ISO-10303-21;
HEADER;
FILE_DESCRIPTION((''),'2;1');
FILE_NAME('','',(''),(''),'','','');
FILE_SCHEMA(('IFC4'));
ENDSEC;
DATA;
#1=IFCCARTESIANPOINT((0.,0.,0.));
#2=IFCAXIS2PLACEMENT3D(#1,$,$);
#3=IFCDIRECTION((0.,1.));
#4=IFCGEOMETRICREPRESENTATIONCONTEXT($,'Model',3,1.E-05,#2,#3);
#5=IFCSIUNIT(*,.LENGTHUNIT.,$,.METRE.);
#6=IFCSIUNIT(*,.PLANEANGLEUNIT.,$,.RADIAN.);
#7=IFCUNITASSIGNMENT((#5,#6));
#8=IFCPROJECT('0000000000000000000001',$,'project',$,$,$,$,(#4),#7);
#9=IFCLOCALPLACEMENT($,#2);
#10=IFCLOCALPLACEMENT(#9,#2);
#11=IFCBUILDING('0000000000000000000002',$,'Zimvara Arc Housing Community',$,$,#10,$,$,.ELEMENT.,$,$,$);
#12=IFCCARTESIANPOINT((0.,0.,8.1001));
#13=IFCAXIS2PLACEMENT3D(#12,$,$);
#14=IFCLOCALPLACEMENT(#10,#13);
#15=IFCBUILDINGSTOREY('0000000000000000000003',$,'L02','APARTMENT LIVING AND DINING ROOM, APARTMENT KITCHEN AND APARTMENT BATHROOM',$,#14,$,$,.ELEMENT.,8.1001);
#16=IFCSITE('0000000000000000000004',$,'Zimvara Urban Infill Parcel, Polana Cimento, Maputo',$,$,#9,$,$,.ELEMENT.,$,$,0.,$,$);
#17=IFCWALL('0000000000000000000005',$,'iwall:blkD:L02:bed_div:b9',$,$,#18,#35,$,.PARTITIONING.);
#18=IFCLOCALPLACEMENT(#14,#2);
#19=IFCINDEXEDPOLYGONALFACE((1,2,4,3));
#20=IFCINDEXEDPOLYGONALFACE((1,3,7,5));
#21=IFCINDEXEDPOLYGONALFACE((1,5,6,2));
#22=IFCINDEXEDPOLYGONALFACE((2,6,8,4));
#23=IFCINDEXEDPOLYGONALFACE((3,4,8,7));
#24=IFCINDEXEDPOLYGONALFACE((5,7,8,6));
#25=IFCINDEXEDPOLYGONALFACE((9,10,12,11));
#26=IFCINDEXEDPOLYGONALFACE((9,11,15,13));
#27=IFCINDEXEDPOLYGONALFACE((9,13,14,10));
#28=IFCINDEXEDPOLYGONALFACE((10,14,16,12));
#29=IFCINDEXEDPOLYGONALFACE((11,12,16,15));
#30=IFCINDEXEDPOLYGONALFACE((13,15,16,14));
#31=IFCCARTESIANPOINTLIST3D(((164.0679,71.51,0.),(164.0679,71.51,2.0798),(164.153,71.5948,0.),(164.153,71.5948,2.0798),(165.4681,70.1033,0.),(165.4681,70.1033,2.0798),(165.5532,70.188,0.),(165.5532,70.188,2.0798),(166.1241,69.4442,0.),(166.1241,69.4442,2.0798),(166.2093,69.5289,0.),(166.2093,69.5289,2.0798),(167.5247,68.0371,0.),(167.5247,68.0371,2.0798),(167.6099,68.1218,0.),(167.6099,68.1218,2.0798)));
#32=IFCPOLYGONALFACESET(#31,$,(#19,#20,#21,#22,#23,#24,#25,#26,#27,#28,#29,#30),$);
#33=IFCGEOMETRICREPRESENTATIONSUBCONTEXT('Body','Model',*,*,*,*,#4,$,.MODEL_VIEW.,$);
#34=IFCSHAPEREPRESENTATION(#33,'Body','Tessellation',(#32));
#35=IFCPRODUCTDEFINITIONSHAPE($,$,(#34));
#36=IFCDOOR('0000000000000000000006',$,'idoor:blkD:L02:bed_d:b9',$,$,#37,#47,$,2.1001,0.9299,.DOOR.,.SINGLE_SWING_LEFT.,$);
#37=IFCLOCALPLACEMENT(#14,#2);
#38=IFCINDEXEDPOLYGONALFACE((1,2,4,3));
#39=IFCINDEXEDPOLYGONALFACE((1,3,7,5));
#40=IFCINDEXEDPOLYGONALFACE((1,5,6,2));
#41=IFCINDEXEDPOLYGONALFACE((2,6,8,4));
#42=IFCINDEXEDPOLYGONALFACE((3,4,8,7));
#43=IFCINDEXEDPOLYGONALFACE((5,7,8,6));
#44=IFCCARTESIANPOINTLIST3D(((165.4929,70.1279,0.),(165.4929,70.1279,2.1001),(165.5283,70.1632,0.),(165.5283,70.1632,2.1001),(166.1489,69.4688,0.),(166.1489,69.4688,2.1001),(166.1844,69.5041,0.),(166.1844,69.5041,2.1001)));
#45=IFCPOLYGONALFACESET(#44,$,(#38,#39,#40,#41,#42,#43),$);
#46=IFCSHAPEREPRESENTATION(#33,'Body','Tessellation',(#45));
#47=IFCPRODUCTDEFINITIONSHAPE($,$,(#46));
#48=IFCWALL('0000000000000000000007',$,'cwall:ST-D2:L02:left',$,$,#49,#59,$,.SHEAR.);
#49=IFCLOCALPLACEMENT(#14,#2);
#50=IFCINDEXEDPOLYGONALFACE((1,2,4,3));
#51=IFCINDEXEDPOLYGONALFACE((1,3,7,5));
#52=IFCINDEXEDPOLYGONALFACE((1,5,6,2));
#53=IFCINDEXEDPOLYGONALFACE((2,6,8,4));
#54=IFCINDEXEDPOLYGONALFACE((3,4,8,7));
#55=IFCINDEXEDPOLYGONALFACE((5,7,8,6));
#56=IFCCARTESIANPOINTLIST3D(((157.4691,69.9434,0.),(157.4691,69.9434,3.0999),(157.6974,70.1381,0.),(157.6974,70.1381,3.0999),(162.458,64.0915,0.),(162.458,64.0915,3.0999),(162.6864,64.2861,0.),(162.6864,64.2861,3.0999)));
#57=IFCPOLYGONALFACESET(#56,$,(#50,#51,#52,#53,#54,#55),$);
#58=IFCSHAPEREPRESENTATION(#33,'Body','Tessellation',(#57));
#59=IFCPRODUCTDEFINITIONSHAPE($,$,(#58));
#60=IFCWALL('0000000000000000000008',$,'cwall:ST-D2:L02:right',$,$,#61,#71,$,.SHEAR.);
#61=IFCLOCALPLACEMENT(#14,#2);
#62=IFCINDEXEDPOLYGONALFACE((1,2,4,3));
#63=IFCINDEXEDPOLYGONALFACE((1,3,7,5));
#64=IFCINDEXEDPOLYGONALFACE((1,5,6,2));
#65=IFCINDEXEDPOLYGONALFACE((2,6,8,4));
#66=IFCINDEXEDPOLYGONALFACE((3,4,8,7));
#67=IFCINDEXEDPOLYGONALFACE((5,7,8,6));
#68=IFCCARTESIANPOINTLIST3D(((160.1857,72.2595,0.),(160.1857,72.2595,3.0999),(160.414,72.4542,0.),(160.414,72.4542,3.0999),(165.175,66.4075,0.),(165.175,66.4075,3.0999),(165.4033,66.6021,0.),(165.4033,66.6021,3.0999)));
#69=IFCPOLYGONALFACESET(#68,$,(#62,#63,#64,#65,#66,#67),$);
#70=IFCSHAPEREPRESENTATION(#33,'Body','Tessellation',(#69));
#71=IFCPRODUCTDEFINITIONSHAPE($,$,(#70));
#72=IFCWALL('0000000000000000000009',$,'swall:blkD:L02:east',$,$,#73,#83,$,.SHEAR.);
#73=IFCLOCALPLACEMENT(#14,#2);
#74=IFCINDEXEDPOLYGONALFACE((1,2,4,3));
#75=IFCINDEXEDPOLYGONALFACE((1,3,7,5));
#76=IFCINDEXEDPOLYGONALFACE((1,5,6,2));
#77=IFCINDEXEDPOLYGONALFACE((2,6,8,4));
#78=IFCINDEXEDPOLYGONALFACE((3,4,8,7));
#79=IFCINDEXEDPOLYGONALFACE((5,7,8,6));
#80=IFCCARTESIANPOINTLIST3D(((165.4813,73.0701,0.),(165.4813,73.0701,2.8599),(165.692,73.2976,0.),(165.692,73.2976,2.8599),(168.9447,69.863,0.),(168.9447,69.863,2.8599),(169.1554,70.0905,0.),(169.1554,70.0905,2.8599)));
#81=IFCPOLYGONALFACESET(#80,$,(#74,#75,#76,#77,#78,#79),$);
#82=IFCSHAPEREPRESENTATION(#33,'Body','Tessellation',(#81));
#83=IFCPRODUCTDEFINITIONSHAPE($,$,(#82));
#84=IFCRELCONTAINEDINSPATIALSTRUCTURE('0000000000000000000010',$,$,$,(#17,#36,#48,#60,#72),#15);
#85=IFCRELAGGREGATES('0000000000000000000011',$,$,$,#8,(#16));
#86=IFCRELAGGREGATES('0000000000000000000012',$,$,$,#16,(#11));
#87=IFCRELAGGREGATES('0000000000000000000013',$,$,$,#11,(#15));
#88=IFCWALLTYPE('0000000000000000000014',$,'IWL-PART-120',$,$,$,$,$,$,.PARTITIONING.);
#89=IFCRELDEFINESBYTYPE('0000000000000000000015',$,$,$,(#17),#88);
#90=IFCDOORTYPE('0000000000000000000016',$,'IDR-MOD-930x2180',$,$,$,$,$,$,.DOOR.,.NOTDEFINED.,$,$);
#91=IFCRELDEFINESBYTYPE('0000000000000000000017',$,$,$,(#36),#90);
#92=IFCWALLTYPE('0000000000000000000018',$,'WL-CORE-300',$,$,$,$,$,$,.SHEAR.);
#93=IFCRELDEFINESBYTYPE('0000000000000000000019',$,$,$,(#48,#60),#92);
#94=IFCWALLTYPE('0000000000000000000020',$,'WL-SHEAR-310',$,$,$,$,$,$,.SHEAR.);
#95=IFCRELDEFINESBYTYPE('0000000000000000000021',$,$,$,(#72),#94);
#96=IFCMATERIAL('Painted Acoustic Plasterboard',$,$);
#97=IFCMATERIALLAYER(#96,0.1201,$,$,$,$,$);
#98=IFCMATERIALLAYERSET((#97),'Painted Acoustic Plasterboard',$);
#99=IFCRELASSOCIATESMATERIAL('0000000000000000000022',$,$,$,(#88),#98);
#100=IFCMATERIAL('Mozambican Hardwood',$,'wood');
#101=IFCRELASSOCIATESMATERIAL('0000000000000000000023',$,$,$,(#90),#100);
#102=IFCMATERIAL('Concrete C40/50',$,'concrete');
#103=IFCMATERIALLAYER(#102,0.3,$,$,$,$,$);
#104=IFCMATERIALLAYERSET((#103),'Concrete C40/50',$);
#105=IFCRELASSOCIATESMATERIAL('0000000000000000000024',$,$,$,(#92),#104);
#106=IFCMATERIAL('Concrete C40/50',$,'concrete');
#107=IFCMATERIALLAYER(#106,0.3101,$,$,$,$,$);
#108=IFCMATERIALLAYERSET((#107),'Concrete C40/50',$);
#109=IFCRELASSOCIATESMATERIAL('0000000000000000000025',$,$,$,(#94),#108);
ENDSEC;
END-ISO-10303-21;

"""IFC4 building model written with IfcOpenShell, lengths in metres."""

from ifc_helpers import new_model, si_unit, direction, frame, frame_2d, origin, place, context, subcontext, project, spatial, rectangle, extrude, material, layer, layer_set, type_object, element, fill, save


model = new_model("IFC4")

# Units and contexts
model_context = context("Model", 3, precision=1e-05, world=origin(), true_north=direction((0.0, 1.0)))
body_context = subcontext(model_context, "Body", "Model", "MODEL_VIEW")
ifc_project = project(units=[si_unit("LENGTHUNIT", "METRE"), si_unit("PLANEANGLEUNIT", "RADIAN")], contexts=[model_context])

# Site, building, storey
site_placement = place(None, origin())
site = spatial("IfcSite", under=ifc_project, at=site_placement, Name="Zimvara Urban Infill Parcel, Polana Cimento, Maputo", CompositionType="ELEMENT", RefElevation=0.0)
building_placement = place(site_placement, origin())
building = spatial("IfcBuilding", under=site, at=building_placement, Name="Zimvara Arc Housing Community", CompositionType="ELEMENT")
storey_placement = place(building_placement, frame((0.0, 0.0, 8.1001)))
storey = spatial("IfcBuildingStorey", under=building, at=storey_placement, Name="L02", Description="APARTMENT LIVING AND DINING ROOM, APARTMENT KITCHEN AND APARTMENT BATHROOM", CompositionType="ELEMENT", Elevation=8.1001)

# Wall, opening, door
ifc_material_1 = material(Name="Painted Acoustic Plasterboard")
ifc_layer_1 = layer(ifc_material_1, 0.1201)
ifc_layer_set_1 = layer_set([ifc_layer_1], Name="Painted Acoustic Plasterboard")
wall_type_1 = type_object("IfcWallType", Name="IWL-PART-120", PredefinedType="PARTITIONING", material=ifc_layer_set_1)
wall_1_placement = place(storey_placement, frame((164.1104, 71.5525, 0.0), z_axis=(0.0, 0.0, 1.0), x_axis=(0.705461, -0.708749, 0.0)))
wall_1 = element("IfcWall", 1, at=wall_1_placement, inside=storey, type_object=wall_type_1, Name="iwall:blkD:L02:bed_div:b9", PredefinedType="PARTITIONING", context=body_context, shape_type="SweptSolid", body=[
    extrude(rectangle(XDim=4.9001, YDim=0.1201, at=frame_2d((2.4502, 0.0))), origin(), (0.0, 0.0, 1.0), 2.0798),
])
opening_1_placement = place(wall_1_placement, frame((1.9851, 0.0, 0.0)))
opening_1 = element("IfcOpeningElement", 2, at=opening_1_placement, cuts=wall_1, PredefinedType="OPENING", context=body_context, shape_type="SweptSolid", body=[
    extrude(rectangle(XDim=0.9299, YDim=2.1001, at=frame_2d((0.4648, 1.05))), frame((0.0, 0.0701, 0.0), z_axis=(0.0, -1.0, 0.0), x_axis=(1.0, 0.0, 0.0)), (0.0, 0.0, 1.0), 0.1401),
])
ifc_material_2 = material(Name="Mozambican Hardwood", Category="wood")
door_type_1 = type_object("IfcDoorType", Name="IDR-MOD-930x2180", OperationType="NOTDEFINED", PredefinedType="DOOR", material=ifc_material_2)
door_1_placement = place(opening_1_placement, origin())
door_1 = element("IfcDoor", 3, at=door_1_placement, inside=storey, type_object=door_type_1, Name="idoor:blkD:L02:bed_d:b9", OperationType="SINGLE_SWING_LEFT", OverallHeight=2.1001, OverallWidth=0.9299, PredefinedType="DOOR", context=body_context, shape_type="SweptSolid", body=[
    extrude(rectangle(XDim=0.9299, YDim=2.1001, at=frame_2d((0.4648, 1.05))), frame((0.0, 0.0249, 0.0), z_axis=(0.0, -1.0, 0.0), x_axis=(1.0, 0.0, 0.0)), (0.0, 0.0, 1.0), 0.05),
])
fill(opening_1, door_1)

# Walls
ifc_material_3 = material(Name="Concrete C40/50", Category="concrete")
ifc_layer_2 = layer(ifc_material_3, 0.3)
ifc_layer_set_2 = layer_set([ifc_layer_2], Name="Concrete C40/50")
wall_type_2 = type_object("IfcWallType", Name="WL-CORE-300", PredefinedType="SHEAR", material=ifc_layer_set_2)
wall_2_placement = place(storey_placement, frame((157.5833, 70.0408, 0.0), z_axis=(0.0, 0.0, 1.0), x_axis=(0.648763, -0.760991, 0.0)))
element("IfcWall", 4, at=wall_2_placement, inside=storey, type_object=wall_type_2, Name="cwall:ST-D2:L02:left", PredefinedType="SHEAR", context=body_context, shape_type="SweptSolid", body=[
    extrude(rectangle(XDim=7.6899, YDim=0.3, at=frame_2d((3.845, 0.0))), origin(), (0.0, 0.0, 1.0), 3.0999),
])
wall_3_placement = place(storey_placement, frame((160.2998, 72.3569, 0.0), z_axis=(0.0, 0.0, 1.0), x_axis=(0.648781, -0.760975, 0.0)))
element("IfcWall", 5, at=wall_3_placement, inside=storey, type_object=wall_type_2, Name="cwall:ST-D2:L02:right", PredefinedType="SHEAR", context=body_context, shape_type="SweptSolid", body=[
    extrude(rectangle(XDim=7.6902, YDim=0.3, at=frame_2d((3.8452, 0.0))), origin(), (0.0, 0.0, 1.0), 3.0999),
])
ifc_material_4 = material(Name="Concrete C40/50", Category="concrete")
ifc_layer_3 = layer(ifc_material_4, 0.3101)
ifc_layer_set_3 = layer_set([ifc_layer_3], Name="Concrete C40/50")
wall_type_3 = type_object("IfcWallType", Name="WL-SHEAR-310", PredefinedType="SHEAR", material=ifc_layer_set_3)
wall_4_placement = place(storey_placement, frame((165.5867, 73.1838, 0.0), z_axis=(0.0, 0.0, 1.0), x_axis=(0.73374, -0.679431, 0.0)))
element("IfcWall", 6, at=wall_4_placement, inside=storey, type_object=wall_type_3, Name="swall:blkD:L02:east", PredefinedType="SHEAR", context=body_context, shape_type="SweptSolid", body=[
    extrude(rectangle(XDim=4.7202, YDim=0.3101, at=frame_2d((2.3601, 0.0))), origin(), (0.0, 0.0, 1.0), 2.8599),
])

save(model, "model.ifc")
